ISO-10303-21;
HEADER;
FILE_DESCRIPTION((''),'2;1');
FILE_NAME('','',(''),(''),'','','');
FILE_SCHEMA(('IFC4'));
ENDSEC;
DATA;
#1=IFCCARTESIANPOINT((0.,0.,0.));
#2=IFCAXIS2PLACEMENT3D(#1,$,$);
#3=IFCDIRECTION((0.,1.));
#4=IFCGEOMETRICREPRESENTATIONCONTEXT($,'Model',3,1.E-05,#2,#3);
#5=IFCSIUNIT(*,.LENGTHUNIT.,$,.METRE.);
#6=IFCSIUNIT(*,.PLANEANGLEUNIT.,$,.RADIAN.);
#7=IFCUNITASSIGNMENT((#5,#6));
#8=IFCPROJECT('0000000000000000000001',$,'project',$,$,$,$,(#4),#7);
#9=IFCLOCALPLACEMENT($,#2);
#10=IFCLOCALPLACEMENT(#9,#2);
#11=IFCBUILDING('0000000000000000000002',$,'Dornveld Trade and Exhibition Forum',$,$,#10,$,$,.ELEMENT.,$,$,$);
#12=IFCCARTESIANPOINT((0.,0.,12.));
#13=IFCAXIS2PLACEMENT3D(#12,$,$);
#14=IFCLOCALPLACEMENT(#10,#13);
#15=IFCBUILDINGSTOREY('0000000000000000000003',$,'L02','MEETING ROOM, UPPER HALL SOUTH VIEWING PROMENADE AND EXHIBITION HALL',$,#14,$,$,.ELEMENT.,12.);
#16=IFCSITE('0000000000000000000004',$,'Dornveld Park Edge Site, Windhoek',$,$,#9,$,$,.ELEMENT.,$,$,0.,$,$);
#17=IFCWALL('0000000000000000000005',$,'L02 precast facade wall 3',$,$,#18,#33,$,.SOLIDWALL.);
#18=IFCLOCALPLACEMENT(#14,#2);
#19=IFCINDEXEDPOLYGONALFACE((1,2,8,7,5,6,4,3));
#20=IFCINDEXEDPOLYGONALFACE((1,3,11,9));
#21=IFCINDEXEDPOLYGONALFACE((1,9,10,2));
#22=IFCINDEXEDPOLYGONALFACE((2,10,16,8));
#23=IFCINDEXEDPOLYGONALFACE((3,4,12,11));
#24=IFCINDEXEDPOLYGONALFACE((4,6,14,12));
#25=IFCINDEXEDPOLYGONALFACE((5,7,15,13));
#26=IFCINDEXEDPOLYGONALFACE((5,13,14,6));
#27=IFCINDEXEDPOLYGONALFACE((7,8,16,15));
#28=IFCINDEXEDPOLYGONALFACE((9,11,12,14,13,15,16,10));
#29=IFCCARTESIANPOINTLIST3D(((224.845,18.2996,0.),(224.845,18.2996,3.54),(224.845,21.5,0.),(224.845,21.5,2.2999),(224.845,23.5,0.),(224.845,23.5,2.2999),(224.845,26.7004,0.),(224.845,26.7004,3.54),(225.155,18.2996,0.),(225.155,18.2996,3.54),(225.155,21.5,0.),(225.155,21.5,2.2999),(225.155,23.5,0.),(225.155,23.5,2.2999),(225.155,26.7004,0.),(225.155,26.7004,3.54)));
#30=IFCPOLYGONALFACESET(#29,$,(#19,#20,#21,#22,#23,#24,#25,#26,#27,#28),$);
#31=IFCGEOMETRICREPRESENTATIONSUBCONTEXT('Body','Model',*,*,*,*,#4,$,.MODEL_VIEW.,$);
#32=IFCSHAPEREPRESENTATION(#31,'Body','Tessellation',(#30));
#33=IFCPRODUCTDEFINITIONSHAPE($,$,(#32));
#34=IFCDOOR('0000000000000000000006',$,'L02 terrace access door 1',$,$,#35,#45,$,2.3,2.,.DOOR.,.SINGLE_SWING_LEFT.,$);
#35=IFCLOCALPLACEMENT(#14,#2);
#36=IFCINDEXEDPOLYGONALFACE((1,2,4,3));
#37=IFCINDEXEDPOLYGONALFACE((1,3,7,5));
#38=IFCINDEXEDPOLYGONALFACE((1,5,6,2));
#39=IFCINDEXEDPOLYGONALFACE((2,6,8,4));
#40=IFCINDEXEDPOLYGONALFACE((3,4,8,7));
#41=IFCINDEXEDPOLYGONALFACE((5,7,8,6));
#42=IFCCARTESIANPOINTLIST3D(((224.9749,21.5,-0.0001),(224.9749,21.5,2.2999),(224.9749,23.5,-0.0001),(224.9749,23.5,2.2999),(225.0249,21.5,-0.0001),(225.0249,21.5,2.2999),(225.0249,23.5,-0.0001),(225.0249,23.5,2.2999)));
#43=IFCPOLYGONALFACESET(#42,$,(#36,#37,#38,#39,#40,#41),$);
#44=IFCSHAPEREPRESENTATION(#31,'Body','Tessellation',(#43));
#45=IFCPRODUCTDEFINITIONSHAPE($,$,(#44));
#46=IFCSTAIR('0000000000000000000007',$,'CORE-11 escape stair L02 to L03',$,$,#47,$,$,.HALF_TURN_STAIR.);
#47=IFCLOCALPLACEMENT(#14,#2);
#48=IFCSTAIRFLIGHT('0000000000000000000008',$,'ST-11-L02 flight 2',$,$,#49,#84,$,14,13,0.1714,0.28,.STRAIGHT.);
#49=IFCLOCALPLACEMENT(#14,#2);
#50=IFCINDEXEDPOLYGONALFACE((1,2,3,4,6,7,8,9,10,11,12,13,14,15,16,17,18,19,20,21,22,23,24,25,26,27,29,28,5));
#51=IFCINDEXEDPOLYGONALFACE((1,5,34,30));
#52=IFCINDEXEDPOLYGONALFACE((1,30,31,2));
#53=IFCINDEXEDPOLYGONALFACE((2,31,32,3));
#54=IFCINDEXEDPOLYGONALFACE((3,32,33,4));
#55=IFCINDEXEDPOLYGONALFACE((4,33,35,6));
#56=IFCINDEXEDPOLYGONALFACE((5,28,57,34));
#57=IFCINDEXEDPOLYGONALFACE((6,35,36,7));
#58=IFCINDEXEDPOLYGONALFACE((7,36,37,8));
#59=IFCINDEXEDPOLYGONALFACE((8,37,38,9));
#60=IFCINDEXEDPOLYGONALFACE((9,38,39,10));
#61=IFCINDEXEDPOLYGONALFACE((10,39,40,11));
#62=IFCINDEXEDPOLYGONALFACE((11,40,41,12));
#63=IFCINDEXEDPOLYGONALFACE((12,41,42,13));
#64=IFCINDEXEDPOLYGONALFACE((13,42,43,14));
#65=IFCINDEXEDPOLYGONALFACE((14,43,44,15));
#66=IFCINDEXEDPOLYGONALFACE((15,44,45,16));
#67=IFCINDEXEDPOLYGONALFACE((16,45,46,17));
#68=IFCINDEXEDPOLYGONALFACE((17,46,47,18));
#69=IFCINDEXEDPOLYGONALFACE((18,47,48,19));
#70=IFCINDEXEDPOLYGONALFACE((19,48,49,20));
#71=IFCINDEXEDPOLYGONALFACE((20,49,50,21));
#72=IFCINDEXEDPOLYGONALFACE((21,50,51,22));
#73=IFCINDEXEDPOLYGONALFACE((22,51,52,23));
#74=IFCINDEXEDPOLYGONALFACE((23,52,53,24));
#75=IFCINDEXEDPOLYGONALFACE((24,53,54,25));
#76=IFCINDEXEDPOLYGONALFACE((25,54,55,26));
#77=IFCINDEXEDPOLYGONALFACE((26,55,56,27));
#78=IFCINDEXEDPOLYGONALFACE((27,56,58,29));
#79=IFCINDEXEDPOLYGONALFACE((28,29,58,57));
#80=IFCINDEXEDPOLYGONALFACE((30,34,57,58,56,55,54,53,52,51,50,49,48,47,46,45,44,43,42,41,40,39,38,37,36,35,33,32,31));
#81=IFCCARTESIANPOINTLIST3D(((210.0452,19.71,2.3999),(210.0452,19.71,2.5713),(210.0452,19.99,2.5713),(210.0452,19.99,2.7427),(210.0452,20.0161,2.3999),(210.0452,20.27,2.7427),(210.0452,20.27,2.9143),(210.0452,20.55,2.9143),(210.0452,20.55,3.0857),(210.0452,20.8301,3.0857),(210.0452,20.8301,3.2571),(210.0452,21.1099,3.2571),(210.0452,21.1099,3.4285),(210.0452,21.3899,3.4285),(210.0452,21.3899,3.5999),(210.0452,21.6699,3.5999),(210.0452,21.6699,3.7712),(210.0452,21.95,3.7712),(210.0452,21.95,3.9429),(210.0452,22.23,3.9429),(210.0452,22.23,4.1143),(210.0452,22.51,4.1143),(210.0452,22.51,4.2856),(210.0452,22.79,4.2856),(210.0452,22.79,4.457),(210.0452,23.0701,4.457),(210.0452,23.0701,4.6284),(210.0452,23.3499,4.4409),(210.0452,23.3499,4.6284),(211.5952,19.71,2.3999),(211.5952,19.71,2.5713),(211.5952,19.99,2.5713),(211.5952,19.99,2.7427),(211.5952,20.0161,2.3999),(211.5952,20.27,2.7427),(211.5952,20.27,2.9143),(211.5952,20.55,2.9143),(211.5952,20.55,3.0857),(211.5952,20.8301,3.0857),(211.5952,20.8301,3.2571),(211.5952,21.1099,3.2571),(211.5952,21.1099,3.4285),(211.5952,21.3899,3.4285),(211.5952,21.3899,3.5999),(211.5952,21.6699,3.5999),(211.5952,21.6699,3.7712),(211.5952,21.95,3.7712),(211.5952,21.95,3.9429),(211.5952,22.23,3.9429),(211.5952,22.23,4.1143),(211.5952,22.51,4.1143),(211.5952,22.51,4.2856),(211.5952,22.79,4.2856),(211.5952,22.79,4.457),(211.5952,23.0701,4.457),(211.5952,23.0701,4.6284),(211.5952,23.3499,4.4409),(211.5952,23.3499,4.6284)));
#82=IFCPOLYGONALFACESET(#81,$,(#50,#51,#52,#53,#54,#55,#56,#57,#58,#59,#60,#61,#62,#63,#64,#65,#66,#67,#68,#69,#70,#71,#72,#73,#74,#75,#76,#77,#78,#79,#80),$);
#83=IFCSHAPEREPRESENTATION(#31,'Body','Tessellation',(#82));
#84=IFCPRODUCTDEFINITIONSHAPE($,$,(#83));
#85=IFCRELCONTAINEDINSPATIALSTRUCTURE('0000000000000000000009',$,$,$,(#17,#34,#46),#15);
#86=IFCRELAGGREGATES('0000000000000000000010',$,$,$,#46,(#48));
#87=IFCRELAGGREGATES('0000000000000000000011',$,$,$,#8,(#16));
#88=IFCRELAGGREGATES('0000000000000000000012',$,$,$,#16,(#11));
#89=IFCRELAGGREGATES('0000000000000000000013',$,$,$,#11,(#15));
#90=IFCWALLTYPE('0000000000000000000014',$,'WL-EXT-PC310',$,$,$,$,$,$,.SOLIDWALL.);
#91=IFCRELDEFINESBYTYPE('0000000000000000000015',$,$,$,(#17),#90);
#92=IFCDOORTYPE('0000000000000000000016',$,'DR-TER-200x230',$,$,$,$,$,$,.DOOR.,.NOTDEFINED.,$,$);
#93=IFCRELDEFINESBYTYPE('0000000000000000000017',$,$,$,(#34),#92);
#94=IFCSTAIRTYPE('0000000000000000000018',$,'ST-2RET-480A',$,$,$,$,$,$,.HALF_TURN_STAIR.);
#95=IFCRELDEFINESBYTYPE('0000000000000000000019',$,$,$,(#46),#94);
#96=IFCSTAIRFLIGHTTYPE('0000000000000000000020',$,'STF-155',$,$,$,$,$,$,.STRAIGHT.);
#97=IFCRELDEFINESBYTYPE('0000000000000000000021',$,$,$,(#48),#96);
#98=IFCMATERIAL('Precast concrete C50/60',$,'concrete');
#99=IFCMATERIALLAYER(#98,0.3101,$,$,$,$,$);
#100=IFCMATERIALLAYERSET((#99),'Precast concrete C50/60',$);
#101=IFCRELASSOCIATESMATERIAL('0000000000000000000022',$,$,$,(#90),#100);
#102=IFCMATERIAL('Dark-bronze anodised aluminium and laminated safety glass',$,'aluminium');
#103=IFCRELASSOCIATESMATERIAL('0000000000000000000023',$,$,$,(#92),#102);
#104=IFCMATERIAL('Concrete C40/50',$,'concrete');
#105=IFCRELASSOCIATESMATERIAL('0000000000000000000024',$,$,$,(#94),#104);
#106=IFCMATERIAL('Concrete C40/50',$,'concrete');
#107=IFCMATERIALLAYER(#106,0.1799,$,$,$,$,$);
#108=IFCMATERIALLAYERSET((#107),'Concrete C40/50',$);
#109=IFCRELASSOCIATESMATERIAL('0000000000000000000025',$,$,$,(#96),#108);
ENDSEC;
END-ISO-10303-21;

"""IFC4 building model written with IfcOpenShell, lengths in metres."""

from ifc_helpers import new_model, si_unit, direction, frame, frame_2d, origin, place, context, subcontext, project, spatial, polyline, rectangle, outline, extrude, material, layer, layer_set, type_object, element, fill, aggregate, save


model = new_model("IFC4")

# Units and contexts
model_context = context("Model", 3, precision=1e-05, world=origin(), true_north=direction((0.0, 1.0)))
body_context = subcontext(model_context, "Body", "Model", "MODEL_VIEW")
ifc_project = project(units=[si_unit("LENGTHUNIT", "METRE"), si_unit("PLANEANGLEUNIT", "RADIAN")], contexts=[model_context])

# Site, building, storey
site_placement = place(None, origin())
site = spatial("IfcSite", under=ifc_project, at=site_placement, Name="Dornveld Park Edge Site, Windhoek", CompositionType="ELEMENT", RefElevation=0.0)
building_placement = place(site_placement, origin())
building = spatial("IfcBuilding", under=site, at=building_placement, Name="Dornveld Trade and Exhibition Forum", CompositionType="ELEMENT")
storey_placement = place(building_placement, frame((0.0, 0.0, 12.0)))
storey = spatial("IfcBuildingStorey", under=building, at=storey_placement, Name="L02", Description="MEETING ROOM, UPPER HALL SOUTH VIEWING PROMENADE AND EXHIBITION HALL", CompositionType="ELEMENT", Elevation=12.0)

# Wall, opening, door
ifc_material_1 = material(Name="Precast concrete C50/60", Category="concrete")
ifc_layer_1 = layer(ifc_material_1, 0.3101)
ifc_layer_set_1 = layer_set([ifc_layer_1], Name="Precast concrete C50/60")
wall_type = type_object("IfcWallType", Name="WL-EXT-PC310", PredefinedType="SOLIDWALL", material=ifc_layer_set_1)
wall_placement = place(storey_placement, frame((225.0, 18.2996, 0.0), z_axis=(0.0, 0.0, 1.0), x_axis=(0.0, 1.0, 0.0)))
wall = element("IfcWall", 1, at=wall_placement, inside=storey, type_object=wall_type, Name="L02 precast facade wall 3", PredefinedType="SOLIDWALL", context=body_context, shape_type="SweptSolid", body=[
    extrude(rectangle(XDim=8.4009, YDim=0.3101, at=frame_2d((4.2004, 0.0))), origin(), (0.0, 0.0, 1.0), 3.54),
])
opening_placement = place(wall_placement, frame((3.2004, 0.0, 0.0)))
opening = element("IfcOpeningElement", 2, at=opening_placement, cuts=wall, PredefinedType="OPENING", context=body_context, shape_type="SweptSolid", body=[
    extrude(rectangle(XDim=2.0, YDim=2.3, at=frame_2d((1.0, 1.1499))), frame((0.0, 0.165, 0.0), z_axis=(0.0, -1.0, 0.0), x_axis=(1.0, 0.0, 0.0)), (0.0, 0.0, 1.0), 0.3301),
])
ifc_material_2 = material(Name="Dark-bronze anodised aluminium and laminated safety glass", Category="aluminium")
door_type = type_object("IfcDoorType", Name="DR-TER-200x230", OperationType="NOTDEFINED", PredefinedType="DOOR", material=ifc_material_2)
door_placement = place(opening_placement, frame((2.0, 0.0, 0.0), z_axis=(0.0, 0.0, 1.0), x_axis=(-1.0, 0.0, 0.0)))
door = element("IfcDoor", 3, at=door_placement, inside=storey, type_object=door_type, Name="L02 terrace access door 1", OperationType="SINGLE_SWING_LEFT", OverallHeight=2.3, OverallWidth=2.0, PredefinedType="DOOR", context=body_context, shape_type="SweptSolid", body=[
    extrude(rectangle(XDim=2.0, YDim=2.3, at=frame_2d((1.0, 1.1499))), frame((0.0, 0.0249, 0.0), z_axis=(0.0, -1.0, 0.0), x_axis=(1.0, 0.0, 0.0)), (0.0, 0.0, 1.0), 0.05),
])
fill(opening, door)

# Stair, stair flight
ifc_material_3 = material(Name="Concrete C40/50", Category="concrete")
stair_type = type_object("IfcStairType", Name="ST-2RET-480A", PredefinedType="HALF_TURN_STAIR", material=ifc_material_3)
stair_placement = place(storey_placement, origin())
stair = element("IfcStair", 4, at=stair_placement, inside=storey, type_object=stair_type, Name="CORE-11 escape stair L02 to L03", PredefinedType="HALF_TURN_STAIR")
ifc_material_4 = material(Name="Concrete C40/50", Category="concrete")
ifc_layer_2 = layer(ifc_material_4, 0.1799)
ifc_layer_set_2 = layer_set([ifc_layer_2], Name="Concrete C40/50")
stair_flight_type = type_object("IfcStairFlightType", Name="STF-155", PredefinedType="STRAIGHT", material=ifc_layer_set_2)
stair_flight_placement = place(storey_placement, frame((210.8201, 19.71, 2.3999), z_axis=(0.0, 0.0, 1.0), x_axis=(0.0, 1.0, 0.0)))
stair_flight = element("IfcStairFlight", 5, at=stair_flight_placement, type_object=stair_flight_type, Name="ST-11-L02 flight 2", NumberOfRisers=14, NumberOfTreads=13, PredefinedType="STRAIGHT", RiserHeight=0.1714, TreadLength=0.28, context=body_context, shape_type="SweptSolid", body=[
    extrude(outline(polyline([(0.0, 0.0), (0.0, 0.1714), (0.28, 0.1714), (0.28, 0.3428), (0.5601, 0.3428), (0.5601, 0.5144), (0.8401, 0.5144), (0.8401, 0.6858), (1.1201, 0.6858), (1.1201, 0.8572), (1.3999, 0.8572), (1.3999, 1.0286), (1.6799, 1.0286), (1.6799, 1.2), (1.96, 1.2), (1.96, 1.3713), (2.24, 1.3713), (2.24, 1.543), (2.52, 1.543), (2.52, 1.7144), (2.8, 1.7144), (2.8, 1.8857), (3.0801, 1.8857), (3.0801, 2.0571), (3.3601, 2.0571), (3.3601, 2.2285), (3.6399, 2.2285), (3.6399, 2.3999), (3.6399, 2.041), (0.3062, 0.0), (0.0, 0.0)])), frame((0.0, 0.7749, 0.0), z_axis=(0.0, -1.0, 0.0), x_axis=(1.0, 0.0, 0.0)), (0.0, 0.0, 1.0), 1.55),
])
aggregate(stair, [stair_flight])

save(model, "model.ifc")
